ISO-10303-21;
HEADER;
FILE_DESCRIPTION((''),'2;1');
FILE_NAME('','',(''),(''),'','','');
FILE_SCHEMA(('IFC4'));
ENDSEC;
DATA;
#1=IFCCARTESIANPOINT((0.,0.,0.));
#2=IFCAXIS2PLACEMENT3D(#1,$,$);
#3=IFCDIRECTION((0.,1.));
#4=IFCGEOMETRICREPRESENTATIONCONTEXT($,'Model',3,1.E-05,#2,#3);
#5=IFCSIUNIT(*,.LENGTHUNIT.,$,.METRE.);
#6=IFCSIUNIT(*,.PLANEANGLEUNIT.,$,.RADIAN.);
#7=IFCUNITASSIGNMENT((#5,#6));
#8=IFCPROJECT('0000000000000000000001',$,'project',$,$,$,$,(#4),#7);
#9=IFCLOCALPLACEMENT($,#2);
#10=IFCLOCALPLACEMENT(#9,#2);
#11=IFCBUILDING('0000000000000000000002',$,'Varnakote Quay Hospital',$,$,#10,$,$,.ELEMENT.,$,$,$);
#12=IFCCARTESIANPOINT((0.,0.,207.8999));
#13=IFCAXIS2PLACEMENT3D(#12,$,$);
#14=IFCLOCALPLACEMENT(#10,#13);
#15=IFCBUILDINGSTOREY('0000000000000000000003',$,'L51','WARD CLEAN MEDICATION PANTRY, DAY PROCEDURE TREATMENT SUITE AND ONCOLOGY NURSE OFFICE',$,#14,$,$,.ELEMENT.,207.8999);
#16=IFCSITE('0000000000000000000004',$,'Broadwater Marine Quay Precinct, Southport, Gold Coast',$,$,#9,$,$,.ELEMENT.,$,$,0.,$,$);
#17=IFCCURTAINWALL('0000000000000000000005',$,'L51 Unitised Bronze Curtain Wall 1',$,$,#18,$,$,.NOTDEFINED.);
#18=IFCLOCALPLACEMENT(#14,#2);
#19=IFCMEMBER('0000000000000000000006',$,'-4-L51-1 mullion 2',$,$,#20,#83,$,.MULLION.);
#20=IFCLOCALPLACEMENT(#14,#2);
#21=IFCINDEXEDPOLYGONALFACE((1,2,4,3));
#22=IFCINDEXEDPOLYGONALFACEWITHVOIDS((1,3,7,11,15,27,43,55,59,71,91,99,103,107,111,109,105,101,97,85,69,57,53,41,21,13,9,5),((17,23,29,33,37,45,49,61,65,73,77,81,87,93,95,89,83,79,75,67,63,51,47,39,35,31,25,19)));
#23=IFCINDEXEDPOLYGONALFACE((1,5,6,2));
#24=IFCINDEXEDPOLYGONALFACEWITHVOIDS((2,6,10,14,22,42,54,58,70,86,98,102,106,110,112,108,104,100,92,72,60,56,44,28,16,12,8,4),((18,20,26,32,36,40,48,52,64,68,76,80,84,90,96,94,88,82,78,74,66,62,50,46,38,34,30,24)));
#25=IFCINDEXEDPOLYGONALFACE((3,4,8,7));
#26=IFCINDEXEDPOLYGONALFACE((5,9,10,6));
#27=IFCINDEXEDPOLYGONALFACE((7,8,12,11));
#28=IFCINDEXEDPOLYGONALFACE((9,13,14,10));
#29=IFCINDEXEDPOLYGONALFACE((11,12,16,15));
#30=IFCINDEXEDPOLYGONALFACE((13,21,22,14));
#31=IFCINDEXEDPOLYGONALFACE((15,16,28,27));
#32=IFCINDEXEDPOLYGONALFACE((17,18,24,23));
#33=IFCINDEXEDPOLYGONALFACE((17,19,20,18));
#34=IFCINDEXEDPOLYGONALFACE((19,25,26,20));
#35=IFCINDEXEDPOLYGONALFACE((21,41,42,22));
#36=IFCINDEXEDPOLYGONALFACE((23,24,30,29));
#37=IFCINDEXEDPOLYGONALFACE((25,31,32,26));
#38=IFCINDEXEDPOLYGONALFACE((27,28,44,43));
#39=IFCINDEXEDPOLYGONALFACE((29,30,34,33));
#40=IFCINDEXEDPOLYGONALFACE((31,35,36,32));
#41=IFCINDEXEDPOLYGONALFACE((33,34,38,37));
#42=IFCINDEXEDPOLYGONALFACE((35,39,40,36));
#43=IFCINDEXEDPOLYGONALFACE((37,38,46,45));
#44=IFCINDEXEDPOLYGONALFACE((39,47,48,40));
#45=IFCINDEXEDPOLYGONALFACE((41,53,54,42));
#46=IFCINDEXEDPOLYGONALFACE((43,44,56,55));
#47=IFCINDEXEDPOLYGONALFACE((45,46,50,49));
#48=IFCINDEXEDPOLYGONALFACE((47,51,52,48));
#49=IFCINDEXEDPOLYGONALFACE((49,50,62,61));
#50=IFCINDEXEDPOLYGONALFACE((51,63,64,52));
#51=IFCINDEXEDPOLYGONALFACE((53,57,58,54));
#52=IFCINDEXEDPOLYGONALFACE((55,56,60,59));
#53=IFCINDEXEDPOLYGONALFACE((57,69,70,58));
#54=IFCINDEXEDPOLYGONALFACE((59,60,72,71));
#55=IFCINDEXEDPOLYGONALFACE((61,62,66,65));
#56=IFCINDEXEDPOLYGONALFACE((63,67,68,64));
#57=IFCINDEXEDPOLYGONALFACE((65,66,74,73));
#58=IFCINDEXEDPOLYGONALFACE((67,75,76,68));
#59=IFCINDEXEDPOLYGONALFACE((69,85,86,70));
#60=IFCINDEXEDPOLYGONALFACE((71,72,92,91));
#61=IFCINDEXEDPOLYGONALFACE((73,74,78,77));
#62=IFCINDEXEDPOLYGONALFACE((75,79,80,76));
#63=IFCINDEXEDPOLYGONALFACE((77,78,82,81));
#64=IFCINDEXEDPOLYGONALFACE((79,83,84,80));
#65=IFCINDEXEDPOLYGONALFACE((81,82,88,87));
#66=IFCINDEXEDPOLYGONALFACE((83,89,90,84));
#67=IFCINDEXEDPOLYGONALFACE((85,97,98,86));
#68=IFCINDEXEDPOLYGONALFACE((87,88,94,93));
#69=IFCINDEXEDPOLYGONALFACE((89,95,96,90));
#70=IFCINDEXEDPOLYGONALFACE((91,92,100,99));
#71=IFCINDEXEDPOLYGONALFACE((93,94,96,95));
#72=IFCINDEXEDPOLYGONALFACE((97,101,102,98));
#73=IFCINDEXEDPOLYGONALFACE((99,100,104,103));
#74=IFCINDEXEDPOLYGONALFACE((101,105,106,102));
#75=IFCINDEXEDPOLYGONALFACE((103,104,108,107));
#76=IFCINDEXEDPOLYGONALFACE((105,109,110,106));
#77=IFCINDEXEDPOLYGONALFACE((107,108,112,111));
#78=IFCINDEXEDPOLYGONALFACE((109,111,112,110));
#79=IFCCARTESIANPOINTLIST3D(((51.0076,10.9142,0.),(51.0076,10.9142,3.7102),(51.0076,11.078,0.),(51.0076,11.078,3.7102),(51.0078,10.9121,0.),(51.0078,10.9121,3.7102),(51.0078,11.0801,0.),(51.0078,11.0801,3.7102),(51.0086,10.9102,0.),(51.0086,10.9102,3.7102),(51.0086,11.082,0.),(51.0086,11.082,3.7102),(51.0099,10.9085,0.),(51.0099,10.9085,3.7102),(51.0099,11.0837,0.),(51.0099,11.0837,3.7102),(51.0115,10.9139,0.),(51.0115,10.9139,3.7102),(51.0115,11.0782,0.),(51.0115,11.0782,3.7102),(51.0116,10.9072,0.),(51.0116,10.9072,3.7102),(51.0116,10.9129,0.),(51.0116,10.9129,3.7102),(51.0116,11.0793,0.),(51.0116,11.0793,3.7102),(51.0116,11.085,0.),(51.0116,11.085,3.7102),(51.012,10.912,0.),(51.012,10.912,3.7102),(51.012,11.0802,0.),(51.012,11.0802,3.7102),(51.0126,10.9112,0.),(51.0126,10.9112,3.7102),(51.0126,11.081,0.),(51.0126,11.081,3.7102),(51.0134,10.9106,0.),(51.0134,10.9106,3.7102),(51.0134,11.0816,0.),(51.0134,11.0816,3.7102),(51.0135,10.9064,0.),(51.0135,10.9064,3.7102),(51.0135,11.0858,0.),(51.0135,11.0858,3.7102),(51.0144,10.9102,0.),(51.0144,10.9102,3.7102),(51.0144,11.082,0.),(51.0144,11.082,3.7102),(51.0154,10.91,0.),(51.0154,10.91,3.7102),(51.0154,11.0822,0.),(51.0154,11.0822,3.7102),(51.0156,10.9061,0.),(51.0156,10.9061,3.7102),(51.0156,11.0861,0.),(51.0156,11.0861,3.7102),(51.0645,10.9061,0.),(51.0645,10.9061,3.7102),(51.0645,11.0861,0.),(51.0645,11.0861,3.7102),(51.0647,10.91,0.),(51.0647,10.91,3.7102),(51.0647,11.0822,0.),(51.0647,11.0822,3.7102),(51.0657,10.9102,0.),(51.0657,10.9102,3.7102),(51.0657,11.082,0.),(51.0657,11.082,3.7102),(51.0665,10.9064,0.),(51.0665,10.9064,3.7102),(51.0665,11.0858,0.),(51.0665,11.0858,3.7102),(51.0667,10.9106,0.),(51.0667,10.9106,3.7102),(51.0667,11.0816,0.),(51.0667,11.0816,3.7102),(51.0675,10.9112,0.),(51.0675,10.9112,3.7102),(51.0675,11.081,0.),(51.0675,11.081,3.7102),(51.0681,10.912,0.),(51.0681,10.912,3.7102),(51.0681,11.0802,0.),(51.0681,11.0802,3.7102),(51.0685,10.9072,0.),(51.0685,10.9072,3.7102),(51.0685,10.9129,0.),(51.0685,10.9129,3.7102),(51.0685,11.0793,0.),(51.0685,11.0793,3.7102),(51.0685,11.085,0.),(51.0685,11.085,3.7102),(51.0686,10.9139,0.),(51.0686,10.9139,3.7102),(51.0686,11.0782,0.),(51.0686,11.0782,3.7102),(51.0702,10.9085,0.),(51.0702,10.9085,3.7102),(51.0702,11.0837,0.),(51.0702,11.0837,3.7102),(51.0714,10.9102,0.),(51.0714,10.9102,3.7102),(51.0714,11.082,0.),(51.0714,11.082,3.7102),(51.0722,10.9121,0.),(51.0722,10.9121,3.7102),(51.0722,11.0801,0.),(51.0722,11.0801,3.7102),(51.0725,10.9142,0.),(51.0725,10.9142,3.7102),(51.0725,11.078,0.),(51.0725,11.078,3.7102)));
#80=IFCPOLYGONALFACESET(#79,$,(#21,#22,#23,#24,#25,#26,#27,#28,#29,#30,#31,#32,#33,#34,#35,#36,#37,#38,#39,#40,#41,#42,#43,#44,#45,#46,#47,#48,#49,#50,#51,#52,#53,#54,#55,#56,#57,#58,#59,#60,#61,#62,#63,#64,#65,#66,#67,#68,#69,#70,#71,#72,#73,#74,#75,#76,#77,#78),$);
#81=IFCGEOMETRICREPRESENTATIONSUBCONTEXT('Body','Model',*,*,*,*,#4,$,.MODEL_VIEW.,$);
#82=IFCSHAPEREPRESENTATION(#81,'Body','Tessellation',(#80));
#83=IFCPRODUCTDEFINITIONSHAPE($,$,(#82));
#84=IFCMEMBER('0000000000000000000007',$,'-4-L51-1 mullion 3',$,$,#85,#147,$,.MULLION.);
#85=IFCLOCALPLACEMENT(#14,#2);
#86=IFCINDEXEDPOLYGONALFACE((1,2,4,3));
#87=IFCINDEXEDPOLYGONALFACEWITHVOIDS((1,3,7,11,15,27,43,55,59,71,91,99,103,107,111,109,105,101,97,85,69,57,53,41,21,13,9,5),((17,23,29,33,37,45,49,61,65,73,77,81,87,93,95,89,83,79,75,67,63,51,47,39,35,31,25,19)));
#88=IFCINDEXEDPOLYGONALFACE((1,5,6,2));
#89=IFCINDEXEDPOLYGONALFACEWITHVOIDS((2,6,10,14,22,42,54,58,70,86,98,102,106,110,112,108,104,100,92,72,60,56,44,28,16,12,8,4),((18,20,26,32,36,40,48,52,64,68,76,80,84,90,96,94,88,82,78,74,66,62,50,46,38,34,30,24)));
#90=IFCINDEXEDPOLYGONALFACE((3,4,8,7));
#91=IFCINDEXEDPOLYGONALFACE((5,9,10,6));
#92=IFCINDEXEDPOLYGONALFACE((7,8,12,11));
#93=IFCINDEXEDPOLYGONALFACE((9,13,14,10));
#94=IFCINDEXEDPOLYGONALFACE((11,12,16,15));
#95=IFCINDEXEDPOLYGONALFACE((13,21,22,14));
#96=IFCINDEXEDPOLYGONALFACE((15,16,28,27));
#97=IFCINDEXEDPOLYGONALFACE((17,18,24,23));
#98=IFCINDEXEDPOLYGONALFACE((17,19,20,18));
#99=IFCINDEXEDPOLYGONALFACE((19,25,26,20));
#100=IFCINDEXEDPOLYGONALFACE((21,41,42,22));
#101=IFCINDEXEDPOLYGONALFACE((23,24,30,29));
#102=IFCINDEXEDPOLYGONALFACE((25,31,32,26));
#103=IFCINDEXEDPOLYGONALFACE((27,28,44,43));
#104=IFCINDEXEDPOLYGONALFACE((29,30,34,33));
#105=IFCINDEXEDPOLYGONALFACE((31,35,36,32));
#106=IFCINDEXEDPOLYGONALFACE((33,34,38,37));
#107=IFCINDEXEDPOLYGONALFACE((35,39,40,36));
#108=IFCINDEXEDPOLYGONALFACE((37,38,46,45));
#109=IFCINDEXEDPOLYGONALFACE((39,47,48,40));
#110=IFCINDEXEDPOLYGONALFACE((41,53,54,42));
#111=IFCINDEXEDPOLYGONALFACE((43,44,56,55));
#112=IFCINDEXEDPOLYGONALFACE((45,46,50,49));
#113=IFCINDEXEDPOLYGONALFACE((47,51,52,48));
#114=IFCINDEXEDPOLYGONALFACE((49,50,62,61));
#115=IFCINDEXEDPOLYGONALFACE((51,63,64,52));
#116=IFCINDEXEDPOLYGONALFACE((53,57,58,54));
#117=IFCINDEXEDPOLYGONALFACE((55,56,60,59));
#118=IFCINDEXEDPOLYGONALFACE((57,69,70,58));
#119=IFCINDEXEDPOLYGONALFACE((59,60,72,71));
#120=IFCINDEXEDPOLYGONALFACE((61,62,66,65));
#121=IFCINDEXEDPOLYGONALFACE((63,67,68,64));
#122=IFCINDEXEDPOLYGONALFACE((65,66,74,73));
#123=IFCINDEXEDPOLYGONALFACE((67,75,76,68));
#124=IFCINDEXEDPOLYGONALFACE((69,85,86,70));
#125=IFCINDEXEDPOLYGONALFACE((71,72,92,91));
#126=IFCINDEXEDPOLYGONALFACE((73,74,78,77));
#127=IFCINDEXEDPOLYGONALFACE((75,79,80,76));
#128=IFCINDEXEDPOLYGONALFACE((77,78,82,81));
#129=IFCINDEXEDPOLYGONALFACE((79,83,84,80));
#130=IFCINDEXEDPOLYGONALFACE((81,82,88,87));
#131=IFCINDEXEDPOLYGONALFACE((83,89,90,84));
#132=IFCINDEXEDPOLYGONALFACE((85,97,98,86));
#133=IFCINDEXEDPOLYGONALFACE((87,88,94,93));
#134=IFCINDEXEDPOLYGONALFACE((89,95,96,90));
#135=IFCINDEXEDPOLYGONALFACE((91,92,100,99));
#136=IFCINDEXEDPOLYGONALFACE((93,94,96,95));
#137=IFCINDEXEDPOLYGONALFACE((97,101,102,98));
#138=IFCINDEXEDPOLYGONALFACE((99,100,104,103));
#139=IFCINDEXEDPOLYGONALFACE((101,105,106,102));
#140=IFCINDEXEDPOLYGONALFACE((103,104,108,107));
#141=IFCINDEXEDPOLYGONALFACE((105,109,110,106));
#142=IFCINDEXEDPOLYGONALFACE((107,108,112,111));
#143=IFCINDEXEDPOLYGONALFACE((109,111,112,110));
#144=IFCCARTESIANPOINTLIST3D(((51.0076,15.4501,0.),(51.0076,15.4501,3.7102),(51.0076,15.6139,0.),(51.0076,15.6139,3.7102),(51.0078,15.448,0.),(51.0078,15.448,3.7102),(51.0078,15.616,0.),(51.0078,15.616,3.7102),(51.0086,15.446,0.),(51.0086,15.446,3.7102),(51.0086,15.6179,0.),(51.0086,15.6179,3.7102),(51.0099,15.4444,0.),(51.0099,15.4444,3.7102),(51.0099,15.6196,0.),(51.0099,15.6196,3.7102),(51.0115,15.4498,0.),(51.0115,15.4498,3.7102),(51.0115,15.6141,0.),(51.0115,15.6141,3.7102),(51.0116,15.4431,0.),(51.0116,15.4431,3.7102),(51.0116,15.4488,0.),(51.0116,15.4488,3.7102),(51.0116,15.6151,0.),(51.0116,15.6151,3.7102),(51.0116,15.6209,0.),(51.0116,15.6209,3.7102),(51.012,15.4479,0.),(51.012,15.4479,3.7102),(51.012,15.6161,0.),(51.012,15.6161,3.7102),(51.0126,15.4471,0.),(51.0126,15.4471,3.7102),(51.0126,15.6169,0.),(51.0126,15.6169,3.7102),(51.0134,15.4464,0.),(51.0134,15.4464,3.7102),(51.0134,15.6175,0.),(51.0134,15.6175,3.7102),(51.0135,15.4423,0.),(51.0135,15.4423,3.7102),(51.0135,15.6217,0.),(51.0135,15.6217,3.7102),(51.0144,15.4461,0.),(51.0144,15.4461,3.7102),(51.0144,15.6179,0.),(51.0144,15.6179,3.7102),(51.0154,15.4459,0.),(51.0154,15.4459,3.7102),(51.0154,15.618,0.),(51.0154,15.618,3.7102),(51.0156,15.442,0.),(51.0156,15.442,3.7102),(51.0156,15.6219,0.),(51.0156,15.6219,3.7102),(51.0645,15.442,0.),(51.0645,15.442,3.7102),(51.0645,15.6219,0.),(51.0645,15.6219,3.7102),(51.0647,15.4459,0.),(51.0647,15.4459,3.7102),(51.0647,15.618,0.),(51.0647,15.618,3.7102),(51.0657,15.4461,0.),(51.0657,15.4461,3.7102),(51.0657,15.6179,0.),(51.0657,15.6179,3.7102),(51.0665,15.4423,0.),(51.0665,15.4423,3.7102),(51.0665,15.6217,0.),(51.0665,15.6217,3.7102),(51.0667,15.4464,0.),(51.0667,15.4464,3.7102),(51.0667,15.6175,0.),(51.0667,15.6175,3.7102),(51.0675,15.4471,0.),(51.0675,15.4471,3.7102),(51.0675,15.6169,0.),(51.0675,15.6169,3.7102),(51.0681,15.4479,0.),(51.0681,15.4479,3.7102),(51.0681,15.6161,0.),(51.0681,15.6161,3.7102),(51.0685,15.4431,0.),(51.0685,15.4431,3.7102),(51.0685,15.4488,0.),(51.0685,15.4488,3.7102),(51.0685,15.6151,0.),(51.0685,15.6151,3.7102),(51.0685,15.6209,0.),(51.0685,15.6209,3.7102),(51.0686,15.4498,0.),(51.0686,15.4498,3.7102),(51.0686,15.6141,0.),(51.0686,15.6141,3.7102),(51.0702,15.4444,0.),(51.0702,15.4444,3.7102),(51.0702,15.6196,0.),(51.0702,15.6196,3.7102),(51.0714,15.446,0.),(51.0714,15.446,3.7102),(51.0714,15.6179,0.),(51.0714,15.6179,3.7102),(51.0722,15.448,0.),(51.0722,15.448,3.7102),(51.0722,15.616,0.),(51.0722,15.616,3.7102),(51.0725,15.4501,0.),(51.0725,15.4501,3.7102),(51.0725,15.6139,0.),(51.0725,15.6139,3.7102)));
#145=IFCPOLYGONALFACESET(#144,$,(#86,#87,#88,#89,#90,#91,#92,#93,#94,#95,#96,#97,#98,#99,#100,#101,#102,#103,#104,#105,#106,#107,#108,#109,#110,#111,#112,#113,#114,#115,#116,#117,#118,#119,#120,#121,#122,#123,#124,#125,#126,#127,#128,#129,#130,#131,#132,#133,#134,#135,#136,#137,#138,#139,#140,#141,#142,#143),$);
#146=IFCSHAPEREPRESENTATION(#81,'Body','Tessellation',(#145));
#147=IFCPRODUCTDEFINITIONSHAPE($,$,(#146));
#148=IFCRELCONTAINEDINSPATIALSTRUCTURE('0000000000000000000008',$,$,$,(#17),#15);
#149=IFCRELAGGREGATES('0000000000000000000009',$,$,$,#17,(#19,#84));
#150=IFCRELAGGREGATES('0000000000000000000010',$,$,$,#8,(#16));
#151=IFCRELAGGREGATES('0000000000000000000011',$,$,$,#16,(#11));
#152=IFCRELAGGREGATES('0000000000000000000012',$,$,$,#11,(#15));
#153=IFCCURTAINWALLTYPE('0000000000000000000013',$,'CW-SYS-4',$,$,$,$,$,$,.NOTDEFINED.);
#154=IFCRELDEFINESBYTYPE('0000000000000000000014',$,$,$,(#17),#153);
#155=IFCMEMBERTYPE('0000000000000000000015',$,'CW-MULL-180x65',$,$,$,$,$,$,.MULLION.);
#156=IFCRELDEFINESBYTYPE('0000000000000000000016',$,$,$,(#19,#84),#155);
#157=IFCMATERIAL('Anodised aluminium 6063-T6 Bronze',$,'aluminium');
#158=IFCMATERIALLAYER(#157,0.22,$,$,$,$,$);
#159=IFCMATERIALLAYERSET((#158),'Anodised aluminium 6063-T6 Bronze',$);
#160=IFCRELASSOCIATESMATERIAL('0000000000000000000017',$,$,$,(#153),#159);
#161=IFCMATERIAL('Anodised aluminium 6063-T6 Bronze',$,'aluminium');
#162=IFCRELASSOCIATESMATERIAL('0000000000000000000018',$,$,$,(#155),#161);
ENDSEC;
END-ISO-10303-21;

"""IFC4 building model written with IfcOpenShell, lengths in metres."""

from ifc_helpers import new_model, si_unit, direction, frame, origin, origin_2d, place, context, subcontext, project, spatial, hollow_rectangle, extrude, material, layer, layer_set, material_profile, profile_set, type_object, element, aggregate, save


model = new_model("IFC4")

# Units and contexts
model_context = context("Model", 3, precision=1e-05, world=origin(), true_north=direction((0.0, 1.0)))
body_context = subcontext(model_context, "Body", "Model", "MODEL_VIEW")
ifc_project = project(units=[si_unit("LENGTHUNIT", "METRE"), si_unit("PLANEANGLEUNIT", "RADIAN")], contexts=[model_context])

# Site, building, storey
site_placement = place(None, origin())
site = spatial("IfcSite", under=ifc_project, at=site_placement, Name="Broadwater Marine Quay Precinct, Southport, Gold Coast", CompositionType="ELEMENT", RefElevation=0.0)
building_placement = place(site_placement, origin())
building = spatial("IfcBuilding", under=site, at=building_placement, Name="Varnakote Quay Hospital", CompositionType="ELEMENT")
storey_placement = place(building_placement, frame((0.0, 0.0, 207.8999)))
storey = spatial("IfcBuildingStorey", under=building, at=storey_placement, Name="L51", Description="WARD CLEAN MEDICATION PANTRY, DAY PROCEDURE TREATMENT SUITE AND ONCOLOGY NURSE OFFICE", CompositionType="ELEMENT", Elevation=207.8999)

# Curtain wall, members
ifc_material_1 = material(Name="Anodised aluminium 6063-T6 Bronze", Category="aluminium")
ifc_layer_1 = layer(ifc_material_1, 0.22)
ifc_layer_set_1 = layer_set([ifc_layer_1], Name="Anodised aluminium 6063-T6 Bronze")
curtain_wall_type = type_object("IfcCurtainWallType", Name="CW-SYS-4", PredefinedType="NOTDEFINED", material=ifc_layer_set_1)
curtain_wall_placement = place(storey_placement, origin())
curtain_wall = element("IfcCurtainWall", 1, at=curtain_wall_placement, inside=storey, type_object=curtain_wall_type, Name="L51 Unitised Bronze Curtain Wall 1", PredefinedType="NOTDEFINED")
ifc_material_2 = material(Name="Anodised aluminium 6063-T6 Bronze", Category="aluminium")
ifc_material_profile_1 = material_profile(ifc_material_2, hollow_rectangle(XDim=0.0649, YDim=0.1799, WallThickness=0.0039, InnerFilletRadius=0.0039, OuterFilletRadius=0.0081, at=origin_2d()), Name="CW-MULL-180x65")
ifc_profile_set_1 = profile_set([ifc_material_profile_1], Name="Anodised aluminium 6063-T6 Bronze")
member_type_1 = type_object("IfcMemberType", Name="CW-MULL-180x65", PredefinedType="MULLION", material=ifc_profile_set_1)
member_1_placement = place(storey_placement, frame((51.04, 10.9961, 0.0), z_axis=(0.0, 0.0, 1.0), x_axis=(-1.0, 0.0, 0.0)))
member_1 = element("IfcMember", 2, at=member_1_placement, type_object=member_type_1, Name="-4-L51-1 mullion 2", PredefinedType="MULLION", context=body_context, shape_type="SweptSolid", body=[
    extrude(hollow_rectangle(XDim=0.0649, YDim=0.1799, WallThickness=0.0039, InnerFilletRadius=0.0039, OuterFilletRadius=0.0081, at=origin_2d()), origin(), (0.0, 0.0, 1.0), 3.7102),
])
member_2_placement = place(storey_placement, frame((51.04, 15.532, 0.0), z_axis=(0.0, 0.0, 1.0), x_axis=(-1.0, 0.0, 0.0)))
member_2 = element("IfcMember", 3, at=member_2_placement, type_object=member_type_1, Name="-4-L51-1 mullion 3", PredefinedType="MULLION", context=body_context, shape_type="SweptSolid", body=[
    extrude(hollow_rectangle(XDim=0.0649, YDim=0.1799, WallThickness=0.0039, InnerFilletRadius=0.0039, OuterFilletRadius=0.0081, at=origin_2d()), origin(), (0.0, 0.0, 1.0), 3.7102),
])
aggregate(curtain_wall, [member_1, member_2])

save(model, "model.ifc")
